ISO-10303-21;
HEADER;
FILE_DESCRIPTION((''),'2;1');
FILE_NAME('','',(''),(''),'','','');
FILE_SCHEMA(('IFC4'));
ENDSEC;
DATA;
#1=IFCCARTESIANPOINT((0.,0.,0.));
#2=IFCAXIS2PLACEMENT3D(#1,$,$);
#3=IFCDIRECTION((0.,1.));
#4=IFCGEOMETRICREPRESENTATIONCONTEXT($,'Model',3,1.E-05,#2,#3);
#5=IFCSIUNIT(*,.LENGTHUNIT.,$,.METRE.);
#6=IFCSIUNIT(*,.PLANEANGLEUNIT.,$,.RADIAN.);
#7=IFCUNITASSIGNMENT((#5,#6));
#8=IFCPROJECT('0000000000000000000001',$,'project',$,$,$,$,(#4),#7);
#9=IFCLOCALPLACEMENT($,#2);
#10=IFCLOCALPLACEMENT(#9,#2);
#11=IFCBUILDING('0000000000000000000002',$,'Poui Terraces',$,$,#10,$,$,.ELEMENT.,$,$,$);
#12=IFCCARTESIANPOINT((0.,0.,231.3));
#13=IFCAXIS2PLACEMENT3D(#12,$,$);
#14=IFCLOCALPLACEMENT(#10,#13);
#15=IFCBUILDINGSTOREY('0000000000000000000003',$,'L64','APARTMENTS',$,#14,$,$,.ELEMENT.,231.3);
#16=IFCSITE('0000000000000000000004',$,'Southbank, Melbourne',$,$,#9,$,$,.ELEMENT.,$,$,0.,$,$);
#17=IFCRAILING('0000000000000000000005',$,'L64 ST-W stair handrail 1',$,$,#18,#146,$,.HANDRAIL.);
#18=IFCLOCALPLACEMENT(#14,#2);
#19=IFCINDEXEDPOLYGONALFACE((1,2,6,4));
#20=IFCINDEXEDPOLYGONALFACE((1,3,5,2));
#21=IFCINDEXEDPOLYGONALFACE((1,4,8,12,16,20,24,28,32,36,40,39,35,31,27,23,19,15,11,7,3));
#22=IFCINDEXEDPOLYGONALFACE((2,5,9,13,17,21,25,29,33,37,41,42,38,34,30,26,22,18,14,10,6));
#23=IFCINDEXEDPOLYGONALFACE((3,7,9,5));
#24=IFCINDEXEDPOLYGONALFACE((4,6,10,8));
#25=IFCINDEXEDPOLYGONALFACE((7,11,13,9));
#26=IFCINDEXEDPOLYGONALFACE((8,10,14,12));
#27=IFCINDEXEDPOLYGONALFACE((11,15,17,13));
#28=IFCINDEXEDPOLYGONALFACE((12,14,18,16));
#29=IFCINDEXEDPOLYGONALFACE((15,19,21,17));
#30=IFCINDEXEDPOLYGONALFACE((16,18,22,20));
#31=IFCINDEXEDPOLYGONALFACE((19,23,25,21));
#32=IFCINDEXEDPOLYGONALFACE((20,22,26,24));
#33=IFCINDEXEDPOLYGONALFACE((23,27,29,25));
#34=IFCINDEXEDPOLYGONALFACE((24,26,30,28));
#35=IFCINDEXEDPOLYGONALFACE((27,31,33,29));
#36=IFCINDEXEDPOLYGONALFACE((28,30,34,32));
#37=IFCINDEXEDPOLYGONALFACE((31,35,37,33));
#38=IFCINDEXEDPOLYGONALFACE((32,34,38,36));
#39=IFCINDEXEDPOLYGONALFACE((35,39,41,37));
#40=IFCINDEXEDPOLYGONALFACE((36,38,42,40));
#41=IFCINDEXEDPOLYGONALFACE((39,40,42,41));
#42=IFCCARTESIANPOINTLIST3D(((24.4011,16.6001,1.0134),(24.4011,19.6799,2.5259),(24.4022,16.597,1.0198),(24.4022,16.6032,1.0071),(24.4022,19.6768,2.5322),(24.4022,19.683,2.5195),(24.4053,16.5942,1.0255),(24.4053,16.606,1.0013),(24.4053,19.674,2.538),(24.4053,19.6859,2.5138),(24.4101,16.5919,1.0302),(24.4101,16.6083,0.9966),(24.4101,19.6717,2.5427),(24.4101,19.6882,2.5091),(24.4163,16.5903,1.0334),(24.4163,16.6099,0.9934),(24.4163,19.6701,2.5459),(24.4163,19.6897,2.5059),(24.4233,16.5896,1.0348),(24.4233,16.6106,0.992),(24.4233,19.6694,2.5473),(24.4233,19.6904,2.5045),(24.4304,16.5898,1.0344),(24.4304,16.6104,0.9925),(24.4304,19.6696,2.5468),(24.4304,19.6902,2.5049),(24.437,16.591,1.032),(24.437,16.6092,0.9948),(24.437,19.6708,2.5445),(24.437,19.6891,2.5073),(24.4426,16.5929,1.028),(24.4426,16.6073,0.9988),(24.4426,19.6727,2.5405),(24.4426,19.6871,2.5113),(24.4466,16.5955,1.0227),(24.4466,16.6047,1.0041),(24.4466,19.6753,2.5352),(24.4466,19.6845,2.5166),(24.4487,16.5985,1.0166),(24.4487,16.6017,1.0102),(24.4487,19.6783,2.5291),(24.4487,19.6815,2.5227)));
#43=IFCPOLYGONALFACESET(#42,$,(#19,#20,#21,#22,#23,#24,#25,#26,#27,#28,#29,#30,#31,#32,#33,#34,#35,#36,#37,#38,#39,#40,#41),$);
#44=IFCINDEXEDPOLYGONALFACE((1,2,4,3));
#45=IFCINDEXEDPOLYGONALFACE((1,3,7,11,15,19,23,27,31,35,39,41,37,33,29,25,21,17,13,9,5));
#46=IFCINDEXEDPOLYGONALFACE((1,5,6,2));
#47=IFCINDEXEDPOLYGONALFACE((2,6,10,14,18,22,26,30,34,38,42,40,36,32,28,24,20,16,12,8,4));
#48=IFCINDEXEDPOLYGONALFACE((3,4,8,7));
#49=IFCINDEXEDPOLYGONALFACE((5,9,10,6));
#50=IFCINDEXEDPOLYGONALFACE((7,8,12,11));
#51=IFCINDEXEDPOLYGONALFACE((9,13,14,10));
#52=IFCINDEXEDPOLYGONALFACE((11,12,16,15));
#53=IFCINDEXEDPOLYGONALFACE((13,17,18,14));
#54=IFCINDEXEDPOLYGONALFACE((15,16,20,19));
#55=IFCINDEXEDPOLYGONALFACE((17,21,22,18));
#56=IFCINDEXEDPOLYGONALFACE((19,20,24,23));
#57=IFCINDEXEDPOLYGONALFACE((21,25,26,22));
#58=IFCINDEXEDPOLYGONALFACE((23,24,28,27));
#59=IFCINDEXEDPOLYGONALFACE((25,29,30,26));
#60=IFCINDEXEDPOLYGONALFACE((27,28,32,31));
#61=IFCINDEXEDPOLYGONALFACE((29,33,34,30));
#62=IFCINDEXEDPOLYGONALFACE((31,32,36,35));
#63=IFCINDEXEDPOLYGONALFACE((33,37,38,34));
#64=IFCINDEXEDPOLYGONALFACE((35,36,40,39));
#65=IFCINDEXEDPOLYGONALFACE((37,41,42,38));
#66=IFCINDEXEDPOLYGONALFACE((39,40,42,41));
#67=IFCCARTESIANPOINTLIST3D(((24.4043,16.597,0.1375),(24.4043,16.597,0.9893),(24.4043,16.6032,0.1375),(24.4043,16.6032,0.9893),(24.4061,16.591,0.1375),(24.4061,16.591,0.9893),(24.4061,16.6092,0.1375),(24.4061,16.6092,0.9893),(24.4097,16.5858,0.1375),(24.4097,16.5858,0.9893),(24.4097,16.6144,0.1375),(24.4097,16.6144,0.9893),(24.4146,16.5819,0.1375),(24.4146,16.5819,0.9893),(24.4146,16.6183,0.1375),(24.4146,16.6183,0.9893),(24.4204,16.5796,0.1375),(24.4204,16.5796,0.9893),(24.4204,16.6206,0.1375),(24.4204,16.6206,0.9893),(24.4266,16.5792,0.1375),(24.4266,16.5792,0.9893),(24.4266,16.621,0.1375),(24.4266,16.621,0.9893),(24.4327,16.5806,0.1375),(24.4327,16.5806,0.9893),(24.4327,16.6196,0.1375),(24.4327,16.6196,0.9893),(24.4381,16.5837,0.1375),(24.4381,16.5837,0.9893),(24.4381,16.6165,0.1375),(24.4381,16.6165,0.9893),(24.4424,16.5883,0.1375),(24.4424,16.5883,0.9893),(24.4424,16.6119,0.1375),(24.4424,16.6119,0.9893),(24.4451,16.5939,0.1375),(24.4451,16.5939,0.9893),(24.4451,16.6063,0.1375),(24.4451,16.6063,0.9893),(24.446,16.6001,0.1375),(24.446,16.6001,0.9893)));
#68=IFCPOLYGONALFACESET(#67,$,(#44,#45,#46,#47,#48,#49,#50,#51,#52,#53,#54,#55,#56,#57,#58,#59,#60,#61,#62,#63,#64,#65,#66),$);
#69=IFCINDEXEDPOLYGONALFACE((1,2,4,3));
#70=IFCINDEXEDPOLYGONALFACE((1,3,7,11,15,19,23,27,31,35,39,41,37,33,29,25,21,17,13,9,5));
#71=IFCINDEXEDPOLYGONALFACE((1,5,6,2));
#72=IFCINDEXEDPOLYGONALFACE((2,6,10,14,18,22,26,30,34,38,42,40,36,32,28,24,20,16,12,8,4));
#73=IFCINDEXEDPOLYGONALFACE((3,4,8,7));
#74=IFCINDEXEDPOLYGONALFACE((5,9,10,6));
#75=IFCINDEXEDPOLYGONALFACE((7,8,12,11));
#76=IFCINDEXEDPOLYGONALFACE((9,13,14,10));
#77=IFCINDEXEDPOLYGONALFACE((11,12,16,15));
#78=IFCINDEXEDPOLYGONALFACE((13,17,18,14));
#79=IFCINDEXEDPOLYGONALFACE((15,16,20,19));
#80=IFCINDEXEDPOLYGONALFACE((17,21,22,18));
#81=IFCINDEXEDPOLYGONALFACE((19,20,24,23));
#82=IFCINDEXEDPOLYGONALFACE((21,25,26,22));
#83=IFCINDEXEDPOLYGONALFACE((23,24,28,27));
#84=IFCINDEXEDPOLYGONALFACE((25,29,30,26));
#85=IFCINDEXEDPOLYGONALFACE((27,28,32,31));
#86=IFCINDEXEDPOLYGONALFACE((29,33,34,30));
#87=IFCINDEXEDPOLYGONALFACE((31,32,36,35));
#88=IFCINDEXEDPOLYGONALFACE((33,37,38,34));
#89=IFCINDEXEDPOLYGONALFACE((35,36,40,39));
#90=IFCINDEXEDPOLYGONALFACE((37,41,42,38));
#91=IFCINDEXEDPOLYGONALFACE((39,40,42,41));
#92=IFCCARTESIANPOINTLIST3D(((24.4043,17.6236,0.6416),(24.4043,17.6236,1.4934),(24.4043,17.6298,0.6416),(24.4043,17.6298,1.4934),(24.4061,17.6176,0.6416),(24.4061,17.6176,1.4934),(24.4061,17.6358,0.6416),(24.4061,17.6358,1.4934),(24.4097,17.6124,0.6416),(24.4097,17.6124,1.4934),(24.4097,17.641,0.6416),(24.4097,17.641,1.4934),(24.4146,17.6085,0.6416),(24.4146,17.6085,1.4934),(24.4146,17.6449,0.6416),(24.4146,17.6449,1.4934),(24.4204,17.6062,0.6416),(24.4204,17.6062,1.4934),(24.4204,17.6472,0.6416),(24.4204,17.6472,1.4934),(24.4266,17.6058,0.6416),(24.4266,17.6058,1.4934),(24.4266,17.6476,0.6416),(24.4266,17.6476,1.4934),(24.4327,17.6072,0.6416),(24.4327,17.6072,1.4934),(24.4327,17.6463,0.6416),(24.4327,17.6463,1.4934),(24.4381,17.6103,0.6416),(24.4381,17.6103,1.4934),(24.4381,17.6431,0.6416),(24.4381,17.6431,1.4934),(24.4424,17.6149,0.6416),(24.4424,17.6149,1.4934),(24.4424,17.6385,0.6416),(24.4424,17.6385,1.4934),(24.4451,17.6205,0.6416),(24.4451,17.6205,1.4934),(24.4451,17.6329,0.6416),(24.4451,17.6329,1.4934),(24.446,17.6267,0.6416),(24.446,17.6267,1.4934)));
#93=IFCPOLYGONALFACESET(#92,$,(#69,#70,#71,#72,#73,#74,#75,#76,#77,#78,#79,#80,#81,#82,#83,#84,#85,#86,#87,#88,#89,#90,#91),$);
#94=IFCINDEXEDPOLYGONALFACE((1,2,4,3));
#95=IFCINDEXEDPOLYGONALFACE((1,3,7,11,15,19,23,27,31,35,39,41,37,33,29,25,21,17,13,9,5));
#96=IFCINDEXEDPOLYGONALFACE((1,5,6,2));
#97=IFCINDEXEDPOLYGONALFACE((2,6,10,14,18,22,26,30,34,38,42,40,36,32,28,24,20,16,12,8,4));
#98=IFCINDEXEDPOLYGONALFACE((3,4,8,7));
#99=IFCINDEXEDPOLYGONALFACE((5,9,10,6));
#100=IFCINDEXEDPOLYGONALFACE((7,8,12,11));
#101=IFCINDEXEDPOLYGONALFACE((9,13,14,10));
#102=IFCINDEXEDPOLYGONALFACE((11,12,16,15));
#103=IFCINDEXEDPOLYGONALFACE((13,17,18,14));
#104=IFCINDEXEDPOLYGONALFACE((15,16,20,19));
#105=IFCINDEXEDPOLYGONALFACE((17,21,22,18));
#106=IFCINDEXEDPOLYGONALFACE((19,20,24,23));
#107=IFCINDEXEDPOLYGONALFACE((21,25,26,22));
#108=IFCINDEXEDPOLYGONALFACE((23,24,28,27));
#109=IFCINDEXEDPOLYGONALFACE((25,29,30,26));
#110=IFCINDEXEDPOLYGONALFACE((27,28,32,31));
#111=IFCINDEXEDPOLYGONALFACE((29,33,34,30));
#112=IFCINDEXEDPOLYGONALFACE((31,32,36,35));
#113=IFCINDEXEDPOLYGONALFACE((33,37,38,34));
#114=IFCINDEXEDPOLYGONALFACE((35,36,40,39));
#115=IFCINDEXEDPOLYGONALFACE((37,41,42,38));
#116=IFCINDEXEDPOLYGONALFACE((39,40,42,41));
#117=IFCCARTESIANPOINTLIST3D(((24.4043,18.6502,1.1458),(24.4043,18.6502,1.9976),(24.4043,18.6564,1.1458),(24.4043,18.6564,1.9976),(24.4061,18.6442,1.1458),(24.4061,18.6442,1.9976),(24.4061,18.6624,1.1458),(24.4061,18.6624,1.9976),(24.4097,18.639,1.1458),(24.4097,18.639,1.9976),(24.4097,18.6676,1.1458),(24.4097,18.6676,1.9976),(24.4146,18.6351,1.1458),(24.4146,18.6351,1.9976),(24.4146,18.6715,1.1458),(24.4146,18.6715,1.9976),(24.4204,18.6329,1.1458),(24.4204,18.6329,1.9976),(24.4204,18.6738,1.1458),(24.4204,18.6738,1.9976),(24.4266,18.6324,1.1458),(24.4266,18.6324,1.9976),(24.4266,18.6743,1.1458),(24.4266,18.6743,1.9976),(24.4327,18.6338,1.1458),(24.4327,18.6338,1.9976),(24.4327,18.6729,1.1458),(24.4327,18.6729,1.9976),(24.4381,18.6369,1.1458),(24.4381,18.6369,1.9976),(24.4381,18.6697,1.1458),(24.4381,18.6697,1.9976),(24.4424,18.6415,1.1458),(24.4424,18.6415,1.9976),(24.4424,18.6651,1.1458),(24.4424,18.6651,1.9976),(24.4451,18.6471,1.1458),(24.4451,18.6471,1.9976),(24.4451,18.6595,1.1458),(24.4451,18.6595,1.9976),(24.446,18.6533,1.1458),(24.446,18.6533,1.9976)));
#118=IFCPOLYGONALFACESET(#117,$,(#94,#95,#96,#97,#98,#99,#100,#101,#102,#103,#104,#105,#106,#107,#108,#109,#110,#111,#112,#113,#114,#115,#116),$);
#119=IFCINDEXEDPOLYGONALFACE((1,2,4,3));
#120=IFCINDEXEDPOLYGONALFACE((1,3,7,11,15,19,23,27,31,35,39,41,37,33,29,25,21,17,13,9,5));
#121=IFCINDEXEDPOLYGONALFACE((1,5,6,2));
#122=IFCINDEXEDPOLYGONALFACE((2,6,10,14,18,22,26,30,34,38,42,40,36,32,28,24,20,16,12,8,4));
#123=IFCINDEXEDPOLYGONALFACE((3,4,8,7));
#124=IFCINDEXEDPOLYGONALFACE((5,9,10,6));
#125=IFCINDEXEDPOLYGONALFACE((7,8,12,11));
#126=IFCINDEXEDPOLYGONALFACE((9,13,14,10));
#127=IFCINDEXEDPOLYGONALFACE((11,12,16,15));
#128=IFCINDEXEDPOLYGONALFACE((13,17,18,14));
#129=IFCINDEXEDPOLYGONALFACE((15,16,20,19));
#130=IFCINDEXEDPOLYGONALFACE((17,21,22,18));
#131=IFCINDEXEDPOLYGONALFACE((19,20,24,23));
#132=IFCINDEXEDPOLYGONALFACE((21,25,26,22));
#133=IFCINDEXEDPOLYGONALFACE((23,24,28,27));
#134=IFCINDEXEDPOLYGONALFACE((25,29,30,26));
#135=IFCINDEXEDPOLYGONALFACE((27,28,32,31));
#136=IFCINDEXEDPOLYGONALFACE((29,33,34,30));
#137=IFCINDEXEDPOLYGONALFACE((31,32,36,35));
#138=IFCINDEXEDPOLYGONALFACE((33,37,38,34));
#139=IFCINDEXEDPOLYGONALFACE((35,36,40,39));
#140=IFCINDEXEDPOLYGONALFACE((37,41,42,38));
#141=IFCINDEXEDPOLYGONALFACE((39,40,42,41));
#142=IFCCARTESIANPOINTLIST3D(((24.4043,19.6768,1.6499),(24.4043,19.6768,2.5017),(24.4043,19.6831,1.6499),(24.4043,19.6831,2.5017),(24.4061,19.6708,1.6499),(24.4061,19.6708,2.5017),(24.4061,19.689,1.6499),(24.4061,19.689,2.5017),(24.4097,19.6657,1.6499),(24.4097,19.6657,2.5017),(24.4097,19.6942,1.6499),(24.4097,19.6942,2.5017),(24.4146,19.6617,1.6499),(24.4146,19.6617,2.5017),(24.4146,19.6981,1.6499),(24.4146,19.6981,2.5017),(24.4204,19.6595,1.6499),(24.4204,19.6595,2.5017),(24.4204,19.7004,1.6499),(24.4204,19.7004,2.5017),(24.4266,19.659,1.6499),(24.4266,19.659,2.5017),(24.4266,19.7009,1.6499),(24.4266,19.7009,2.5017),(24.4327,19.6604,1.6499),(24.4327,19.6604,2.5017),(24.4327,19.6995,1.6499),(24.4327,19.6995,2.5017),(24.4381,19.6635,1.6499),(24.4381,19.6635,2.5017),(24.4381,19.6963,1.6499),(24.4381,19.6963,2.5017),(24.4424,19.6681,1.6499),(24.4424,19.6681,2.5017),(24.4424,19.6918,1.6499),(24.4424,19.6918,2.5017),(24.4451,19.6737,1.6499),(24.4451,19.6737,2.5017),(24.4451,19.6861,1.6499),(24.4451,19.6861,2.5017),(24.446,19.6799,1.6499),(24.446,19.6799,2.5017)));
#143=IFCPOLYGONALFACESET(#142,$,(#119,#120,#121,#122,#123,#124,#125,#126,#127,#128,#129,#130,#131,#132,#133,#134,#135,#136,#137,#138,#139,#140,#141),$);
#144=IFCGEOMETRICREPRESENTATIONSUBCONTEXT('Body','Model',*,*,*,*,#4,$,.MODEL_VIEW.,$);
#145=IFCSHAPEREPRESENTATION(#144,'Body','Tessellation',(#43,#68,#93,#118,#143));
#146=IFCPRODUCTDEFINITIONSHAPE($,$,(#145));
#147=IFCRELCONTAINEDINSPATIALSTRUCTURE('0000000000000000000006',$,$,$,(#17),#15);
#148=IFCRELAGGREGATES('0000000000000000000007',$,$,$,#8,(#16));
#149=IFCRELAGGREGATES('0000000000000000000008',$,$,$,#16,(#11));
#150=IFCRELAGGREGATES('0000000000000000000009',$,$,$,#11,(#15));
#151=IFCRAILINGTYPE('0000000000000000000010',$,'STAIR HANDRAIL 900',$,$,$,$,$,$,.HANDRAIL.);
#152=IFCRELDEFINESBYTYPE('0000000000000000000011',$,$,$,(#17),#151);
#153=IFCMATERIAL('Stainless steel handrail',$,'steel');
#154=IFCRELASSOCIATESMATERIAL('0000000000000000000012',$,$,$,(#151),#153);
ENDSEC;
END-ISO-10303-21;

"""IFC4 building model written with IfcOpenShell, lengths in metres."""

from ifc_helpers import new_model, si_unit, direction, frame, origin, origin_2d, place, context, subcontext, project, spatial, circle, extrude, material, type_object, element, save


model = new_model("IFC4")

# Units and contexts
model_context = context("Model", 3, precision=1e-05, world=origin(), true_north=direction((0.0, 1.0)))
body_context = subcontext(model_context, "Body", "Model", "MODEL_VIEW")
ifc_project = project(units=[si_unit("LENGTHUNIT", "METRE"), si_unit("PLANEANGLEUNIT", "RADIAN")], contexts=[model_context])

# Site, building, storey
site_placement = place(None, origin())
site = spatial("IfcSite", under=ifc_project, at=site_placement, Name="Southbank, Melbourne", CompositionType="ELEMENT", RefElevation=0.0)
building_placement = place(site_placement, origin())
building = spatial("IfcBuilding", under=site, at=building_placement, Name="Poui Terraces", CompositionType="ELEMENT")
storey_placement = place(building_placement, frame((0.0, 0.0, 231.3)))
storey = spatial("IfcBuildingStorey", under=building, at=storey_placement, Name="L64", Description="APARTMENTS", CompositionType="ELEMENT", Elevation=231.3)

# Railing
ifc_material_1 = material(Name="Stainless steel handrail", Category="steel")
railing_type_1 = type_object("IfcRailingType", Name="STAIR HANDRAIL 900", PredefinedType="HANDRAIL", material=ifc_material_1)
railing_1_placement = place(storey_placement, frame((24.425, 16.6001, 0.1375)))
element("IfcRailing", 1, at=railing_1_placement, inside=storey, type_object=railing_type_1, Name="L64 ST-W stair handrail 1", PredefinedType="HANDRAIL", context=body_context, shape_type="SweptSolid", body=[
    extrude(circle(Radius=0.0239, at=origin_2d()), frame((0.0, 0.0, 0.876), z_axis=(0.0, 0.897606, 0.440798), x_axis=(-1.0, 0.0, 0.0)), (0.0, 0.0, 1.0), 3.4312),
    extrude(circle(Radius=0.021, at=origin_2d()), origin(), (0.0, 0.0, 1.0), 0.8518),
    extrude(circle(Radius=0.021, at=origin_2d()), frame((0.0, 1.0266, 0.5042)), (0.0, 0.0, 1.0), 0.8518),
    extrude(circle(Radius=0.021, at=origin_2d()), frame((0.0, 2.0532, 1.0083)), (0.0, 0.0, 1.0), 0.8518),
    extrude(circle(Radius=0.021, at=origin_2d()), frame((0.0, 3.0798, 1.5125)), (0.0, 0.0, 1.0), 0.8518),
])

save(model, "model.ifc")
